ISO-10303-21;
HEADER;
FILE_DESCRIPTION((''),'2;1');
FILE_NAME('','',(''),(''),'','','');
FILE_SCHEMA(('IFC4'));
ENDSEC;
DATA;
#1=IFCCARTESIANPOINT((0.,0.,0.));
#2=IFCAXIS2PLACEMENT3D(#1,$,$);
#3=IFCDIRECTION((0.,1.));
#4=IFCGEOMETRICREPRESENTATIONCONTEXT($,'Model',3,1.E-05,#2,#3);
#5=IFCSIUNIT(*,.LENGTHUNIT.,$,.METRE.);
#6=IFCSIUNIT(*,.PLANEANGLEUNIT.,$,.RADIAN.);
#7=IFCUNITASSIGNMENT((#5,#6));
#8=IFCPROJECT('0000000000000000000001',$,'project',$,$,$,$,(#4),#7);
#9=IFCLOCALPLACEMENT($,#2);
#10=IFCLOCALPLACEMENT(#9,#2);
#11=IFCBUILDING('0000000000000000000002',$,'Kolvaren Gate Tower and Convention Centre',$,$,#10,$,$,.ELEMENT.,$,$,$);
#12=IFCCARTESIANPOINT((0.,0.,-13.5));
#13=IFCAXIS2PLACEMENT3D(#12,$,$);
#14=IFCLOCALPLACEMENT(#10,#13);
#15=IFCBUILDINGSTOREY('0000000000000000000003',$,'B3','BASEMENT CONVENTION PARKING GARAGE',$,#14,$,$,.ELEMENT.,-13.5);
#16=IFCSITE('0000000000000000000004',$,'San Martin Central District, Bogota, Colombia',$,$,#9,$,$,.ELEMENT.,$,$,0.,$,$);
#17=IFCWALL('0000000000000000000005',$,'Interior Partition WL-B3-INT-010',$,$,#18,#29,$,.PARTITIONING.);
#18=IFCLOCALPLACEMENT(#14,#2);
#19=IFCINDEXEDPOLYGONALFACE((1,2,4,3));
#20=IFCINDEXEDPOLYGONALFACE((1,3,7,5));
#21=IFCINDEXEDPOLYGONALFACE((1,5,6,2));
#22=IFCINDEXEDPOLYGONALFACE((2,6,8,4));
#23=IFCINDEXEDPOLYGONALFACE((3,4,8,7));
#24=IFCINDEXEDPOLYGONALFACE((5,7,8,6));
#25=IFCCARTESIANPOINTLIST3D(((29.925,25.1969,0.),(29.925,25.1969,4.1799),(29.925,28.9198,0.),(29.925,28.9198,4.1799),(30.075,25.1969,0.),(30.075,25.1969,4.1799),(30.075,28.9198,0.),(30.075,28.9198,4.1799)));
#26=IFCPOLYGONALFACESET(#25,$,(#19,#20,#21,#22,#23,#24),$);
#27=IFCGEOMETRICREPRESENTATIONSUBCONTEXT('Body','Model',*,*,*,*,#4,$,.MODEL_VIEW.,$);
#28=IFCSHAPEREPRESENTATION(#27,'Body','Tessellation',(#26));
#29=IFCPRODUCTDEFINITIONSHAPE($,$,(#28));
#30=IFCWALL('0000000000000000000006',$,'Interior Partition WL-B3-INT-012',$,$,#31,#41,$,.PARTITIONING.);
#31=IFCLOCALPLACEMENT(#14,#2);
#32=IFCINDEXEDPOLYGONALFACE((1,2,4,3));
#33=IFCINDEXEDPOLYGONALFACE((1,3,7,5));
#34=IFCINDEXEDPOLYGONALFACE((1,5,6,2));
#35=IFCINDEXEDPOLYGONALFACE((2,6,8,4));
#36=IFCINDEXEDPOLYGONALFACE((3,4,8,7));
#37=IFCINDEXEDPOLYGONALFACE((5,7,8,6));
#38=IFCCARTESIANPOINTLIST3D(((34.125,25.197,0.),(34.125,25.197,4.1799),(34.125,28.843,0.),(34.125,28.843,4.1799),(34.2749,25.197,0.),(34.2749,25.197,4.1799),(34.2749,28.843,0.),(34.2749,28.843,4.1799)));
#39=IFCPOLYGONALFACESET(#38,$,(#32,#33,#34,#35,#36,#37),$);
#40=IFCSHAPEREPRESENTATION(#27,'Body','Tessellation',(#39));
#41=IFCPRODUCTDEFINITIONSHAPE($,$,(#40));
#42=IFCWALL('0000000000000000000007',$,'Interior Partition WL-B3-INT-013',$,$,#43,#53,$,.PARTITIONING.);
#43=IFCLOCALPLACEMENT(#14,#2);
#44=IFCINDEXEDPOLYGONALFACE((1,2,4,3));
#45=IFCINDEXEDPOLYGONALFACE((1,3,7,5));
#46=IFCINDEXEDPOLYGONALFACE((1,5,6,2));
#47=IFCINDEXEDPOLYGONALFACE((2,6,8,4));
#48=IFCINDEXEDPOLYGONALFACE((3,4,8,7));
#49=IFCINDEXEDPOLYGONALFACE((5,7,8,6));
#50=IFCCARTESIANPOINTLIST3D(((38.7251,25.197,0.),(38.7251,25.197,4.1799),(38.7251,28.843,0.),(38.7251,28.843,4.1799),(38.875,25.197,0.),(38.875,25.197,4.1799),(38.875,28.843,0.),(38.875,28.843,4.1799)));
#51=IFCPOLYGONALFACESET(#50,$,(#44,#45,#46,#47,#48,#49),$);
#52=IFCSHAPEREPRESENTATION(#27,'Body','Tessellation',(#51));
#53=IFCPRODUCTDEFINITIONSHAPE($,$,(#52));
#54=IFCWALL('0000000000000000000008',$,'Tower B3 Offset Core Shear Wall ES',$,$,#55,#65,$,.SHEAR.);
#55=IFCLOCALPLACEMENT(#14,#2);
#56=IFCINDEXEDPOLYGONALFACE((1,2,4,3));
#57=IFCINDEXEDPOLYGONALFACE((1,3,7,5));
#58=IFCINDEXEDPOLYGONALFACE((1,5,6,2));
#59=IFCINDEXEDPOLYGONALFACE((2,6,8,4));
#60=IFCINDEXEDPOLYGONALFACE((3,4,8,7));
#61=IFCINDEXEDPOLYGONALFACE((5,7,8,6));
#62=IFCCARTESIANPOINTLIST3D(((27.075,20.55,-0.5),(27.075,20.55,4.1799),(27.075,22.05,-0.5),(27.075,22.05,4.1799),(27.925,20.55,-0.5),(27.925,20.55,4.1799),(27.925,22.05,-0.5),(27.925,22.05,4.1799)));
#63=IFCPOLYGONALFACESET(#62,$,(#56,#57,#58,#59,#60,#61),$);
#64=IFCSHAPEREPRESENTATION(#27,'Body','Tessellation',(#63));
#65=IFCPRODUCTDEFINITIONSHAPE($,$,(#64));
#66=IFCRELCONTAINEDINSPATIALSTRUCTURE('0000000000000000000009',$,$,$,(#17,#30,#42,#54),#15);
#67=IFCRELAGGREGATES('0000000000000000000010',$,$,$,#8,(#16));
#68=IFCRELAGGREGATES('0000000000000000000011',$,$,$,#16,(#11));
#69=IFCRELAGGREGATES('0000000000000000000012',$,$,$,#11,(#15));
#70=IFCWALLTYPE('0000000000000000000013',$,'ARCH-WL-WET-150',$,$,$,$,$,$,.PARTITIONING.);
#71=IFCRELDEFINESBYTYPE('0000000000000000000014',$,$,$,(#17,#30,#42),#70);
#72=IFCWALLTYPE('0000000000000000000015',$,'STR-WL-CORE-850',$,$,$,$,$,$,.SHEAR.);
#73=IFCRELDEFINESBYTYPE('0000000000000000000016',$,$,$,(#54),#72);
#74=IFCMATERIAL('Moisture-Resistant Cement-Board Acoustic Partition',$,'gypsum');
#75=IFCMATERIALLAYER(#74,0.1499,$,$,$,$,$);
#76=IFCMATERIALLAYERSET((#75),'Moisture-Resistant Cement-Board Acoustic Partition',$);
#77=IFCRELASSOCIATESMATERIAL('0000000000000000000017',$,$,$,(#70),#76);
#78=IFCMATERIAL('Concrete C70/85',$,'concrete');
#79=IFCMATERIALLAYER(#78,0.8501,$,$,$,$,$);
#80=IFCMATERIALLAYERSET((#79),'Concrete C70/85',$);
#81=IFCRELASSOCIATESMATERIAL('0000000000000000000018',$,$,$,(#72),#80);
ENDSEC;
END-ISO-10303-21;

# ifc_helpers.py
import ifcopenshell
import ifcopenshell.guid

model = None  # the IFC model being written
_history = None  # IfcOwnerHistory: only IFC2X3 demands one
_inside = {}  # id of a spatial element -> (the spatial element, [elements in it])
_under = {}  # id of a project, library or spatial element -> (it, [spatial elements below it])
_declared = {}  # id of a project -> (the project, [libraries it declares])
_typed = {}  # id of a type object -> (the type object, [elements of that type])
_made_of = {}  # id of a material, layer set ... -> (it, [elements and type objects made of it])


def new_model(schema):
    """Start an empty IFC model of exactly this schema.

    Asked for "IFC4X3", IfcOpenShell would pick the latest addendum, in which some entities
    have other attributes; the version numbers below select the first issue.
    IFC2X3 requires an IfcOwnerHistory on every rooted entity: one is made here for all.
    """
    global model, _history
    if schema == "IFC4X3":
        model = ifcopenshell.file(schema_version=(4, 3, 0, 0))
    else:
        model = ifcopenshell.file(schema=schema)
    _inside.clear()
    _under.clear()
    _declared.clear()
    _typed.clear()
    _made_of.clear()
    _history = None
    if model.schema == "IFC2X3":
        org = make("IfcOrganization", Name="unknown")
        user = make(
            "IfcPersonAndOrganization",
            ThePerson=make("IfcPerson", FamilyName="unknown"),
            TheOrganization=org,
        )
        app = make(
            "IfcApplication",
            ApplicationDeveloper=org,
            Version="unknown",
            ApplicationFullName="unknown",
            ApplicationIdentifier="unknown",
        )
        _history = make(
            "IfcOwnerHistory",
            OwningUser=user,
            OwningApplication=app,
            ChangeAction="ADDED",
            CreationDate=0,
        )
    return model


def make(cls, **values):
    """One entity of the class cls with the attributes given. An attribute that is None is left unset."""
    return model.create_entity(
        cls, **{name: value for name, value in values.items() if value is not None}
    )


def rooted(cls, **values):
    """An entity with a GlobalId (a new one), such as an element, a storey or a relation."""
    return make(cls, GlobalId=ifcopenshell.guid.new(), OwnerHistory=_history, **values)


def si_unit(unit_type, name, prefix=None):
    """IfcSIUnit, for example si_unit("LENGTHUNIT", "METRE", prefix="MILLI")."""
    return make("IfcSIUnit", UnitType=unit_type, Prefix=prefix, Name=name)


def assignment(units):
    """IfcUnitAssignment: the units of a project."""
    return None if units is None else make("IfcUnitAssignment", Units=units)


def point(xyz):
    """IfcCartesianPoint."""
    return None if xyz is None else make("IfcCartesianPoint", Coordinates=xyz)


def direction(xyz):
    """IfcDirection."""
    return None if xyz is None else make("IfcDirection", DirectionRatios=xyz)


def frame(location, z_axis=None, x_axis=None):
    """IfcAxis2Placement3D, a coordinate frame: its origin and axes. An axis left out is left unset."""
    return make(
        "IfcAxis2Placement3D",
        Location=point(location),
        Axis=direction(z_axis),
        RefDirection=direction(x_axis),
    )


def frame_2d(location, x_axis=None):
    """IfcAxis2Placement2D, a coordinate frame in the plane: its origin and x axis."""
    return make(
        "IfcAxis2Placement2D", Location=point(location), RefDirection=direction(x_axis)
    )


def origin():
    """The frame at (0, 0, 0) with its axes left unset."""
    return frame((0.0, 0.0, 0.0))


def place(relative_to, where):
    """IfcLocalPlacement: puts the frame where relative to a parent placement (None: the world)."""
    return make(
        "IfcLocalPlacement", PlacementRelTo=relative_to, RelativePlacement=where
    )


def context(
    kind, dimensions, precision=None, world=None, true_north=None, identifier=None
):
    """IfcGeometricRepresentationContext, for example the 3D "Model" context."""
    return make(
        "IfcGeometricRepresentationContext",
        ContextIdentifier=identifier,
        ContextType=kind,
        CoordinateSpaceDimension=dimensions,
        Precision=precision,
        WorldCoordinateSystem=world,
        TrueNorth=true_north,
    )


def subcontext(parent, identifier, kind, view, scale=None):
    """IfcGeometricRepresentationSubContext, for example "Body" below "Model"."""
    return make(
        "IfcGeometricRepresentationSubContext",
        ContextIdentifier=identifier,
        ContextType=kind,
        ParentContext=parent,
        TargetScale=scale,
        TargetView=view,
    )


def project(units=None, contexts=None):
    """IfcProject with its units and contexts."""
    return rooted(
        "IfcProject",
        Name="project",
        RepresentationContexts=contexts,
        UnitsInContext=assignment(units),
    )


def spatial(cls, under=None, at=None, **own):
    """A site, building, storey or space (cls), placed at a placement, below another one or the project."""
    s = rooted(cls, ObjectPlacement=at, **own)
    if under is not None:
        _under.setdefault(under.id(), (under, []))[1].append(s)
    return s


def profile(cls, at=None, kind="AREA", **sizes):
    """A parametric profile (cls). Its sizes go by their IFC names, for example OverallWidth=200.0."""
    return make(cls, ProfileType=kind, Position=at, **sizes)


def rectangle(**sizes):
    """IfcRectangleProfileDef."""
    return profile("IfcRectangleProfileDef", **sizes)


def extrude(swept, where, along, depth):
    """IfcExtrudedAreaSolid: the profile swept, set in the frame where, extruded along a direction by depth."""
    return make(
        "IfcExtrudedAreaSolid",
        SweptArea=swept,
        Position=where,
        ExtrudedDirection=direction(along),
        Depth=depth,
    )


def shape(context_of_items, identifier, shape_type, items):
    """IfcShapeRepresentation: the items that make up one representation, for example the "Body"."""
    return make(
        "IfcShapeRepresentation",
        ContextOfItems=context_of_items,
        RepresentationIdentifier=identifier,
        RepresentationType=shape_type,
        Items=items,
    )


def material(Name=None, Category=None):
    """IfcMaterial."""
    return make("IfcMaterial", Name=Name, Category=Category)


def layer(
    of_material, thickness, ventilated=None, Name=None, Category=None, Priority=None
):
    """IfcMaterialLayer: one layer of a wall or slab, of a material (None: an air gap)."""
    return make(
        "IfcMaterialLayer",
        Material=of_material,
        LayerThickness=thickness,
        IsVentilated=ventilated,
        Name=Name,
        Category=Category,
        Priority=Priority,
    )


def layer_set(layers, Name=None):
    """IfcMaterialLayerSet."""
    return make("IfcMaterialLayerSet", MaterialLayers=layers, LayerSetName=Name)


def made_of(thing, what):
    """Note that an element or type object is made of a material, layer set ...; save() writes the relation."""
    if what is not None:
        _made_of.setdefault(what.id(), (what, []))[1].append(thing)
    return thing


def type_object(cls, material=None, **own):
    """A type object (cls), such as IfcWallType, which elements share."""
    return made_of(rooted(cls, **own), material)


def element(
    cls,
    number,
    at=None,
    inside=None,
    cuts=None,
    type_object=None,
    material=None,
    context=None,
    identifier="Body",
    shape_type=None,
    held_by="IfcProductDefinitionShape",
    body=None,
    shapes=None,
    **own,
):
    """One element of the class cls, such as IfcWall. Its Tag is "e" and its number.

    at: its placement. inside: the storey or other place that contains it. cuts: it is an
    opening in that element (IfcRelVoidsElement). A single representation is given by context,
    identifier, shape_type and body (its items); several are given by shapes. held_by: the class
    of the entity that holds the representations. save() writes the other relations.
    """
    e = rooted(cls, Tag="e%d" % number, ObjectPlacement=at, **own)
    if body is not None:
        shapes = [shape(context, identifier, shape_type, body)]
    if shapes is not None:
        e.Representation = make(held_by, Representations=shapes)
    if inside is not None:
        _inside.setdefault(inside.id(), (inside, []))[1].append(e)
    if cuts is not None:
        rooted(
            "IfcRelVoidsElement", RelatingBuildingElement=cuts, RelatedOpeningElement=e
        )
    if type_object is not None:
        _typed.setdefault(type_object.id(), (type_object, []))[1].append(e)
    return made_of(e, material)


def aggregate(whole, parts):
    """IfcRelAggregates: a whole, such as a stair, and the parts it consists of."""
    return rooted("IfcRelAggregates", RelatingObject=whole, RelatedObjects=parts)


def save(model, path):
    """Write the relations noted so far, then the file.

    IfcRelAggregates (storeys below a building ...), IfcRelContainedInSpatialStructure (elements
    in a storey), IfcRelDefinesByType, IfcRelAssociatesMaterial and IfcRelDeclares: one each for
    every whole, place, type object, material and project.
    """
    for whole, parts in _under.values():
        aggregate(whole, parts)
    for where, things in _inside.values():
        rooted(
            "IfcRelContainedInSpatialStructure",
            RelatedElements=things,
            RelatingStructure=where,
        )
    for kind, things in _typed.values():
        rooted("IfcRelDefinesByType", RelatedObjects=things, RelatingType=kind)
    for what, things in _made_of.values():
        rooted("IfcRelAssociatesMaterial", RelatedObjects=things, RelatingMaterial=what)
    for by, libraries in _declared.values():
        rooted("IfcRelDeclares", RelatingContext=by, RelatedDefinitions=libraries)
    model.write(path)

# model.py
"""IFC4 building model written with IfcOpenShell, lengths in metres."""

from ifc_helpers import new_model, si_unit, direction, frame, frame_2d, origin, place, context, subcontext, project, spatial, rectangle, extrude, material, layer, layer_set, type_object, element, save


model = new_model("IFC4")

# Units and contexts
model_context = context("Model", 3, precision=1e-05, world=origin(), true_north=direction((0.0, 1.0)))
body_context = subcontext(model_context, "Body", "Model", "MODEL_VIEW")
ifc_project = project(units=[si_unit("LENGTHUNIT", "METRE"), si_unit("PLANEANGLEUNIT", "RADIAN")], contexts=[model_context])

# Site, building, storey
site_placement = place(None, origin())
site = spatial("IfcSite", under=ifc_project, at=site_placement, Name="San Martin Central District, Bogota, Colombia", CompositionType="ELEMENT", RefElevation=0.0)
building_placement = place(site_placement, origin())
building = spatial("IfcBuilding", under=site, at=building_placement, Name="Kolvaren Gate Tower and Convention Centre", CompositionType="ELEMENT")
storey_placement = place(building_placement, frame((0.0, 0.0, -13.5)))
storey = spatial("IfcBuildingStorey", under=building, at=storey_placement, Name="B3", Description="BASEMENT CONVENTION PARKING GARAGE", CompositionType="ELEMENT", Elevation=-13.5)

# Shared definitions
ifc_material_1 = material(Name="Concrete C70/85", Category="concrete")

# Shared definitions
ifc_material_2 = material(Name="Moisture-Resistant Cement-Board Acoustic Partition", Category="gypsum")
ifc_layer_1 = layer(ifc_material_2, 0.1499)
ifc_layer_set_1 = layer_set([ifc_layer_1], Name="Moisture-Resistant Cement-Board Acoustic Partition")
wall_type_1 = type_object("IfcWallType", Name="ARCH-WL-WET-150", PredefinedType="PARTITIONING", material=ifc_layer_set_1)

# Walls
wall_1_placement = place(storey_placement, frame((30.0, 25.197, 0.0), z_axis=(0.0, 0.0, 1.0), x_axis=(0.0, 1.0, 0.0)))
element("IfcWall", 1, at=wall_1_placement, inside=storey, type_object=wall_type_1, Name="Interior Partition WL-B3-INT-010", PredefinedType="PARTITIONING", context=body_context, shape_type="SweptSolid", body=[
    extrude(rectangle(XDim=3.7229, YDim=0.1499, at=frame_2d((1.8613, 0.0))), origin(), (0.0, 0.0, 1.0), 4.1799),
])
for number, where, z_axis, x_axis, name in (
    (2, (34.2, 25.197, 0.0), (0.0, 0.0, 1.0), (0.0, 1.0, 0.0), "Interior Partition WL-B3-INT-012"),
    (3, (38.8, 25.197, 0.0), (0.0, 0.0, 1.0), (0.0, 1.0, 0.0), "Interior Partition WL-B3-INT-013"),
):
    element("IfcWall", number, at=place(storey_placement, frame(where, z_axis=z_axis, x_axis=x_axis)), inside=storey, type_object=wall_type_1, Name=name, PredefinedType="PARTITIONING", context=body_context, shape_type="SweptSolid", body=[
        extrude(rectangle(XDim=3.646, YDim=0.1499, at=frame_2d((1.823, 0.0))), origin(), (0.0, 0.0, 1.0), 4.1799),
    ])
ifc_layer_2 = layer(ifc_material_1, 0.8501)
ifc_layer_set_2 = layer_set([ifc_layer_2], Name="Concrete C70/85")
wall_type_2 = type_object("IfcWallType", Name="STR-WL-CORE-850", PredefinedType="SHEAR", material=ifc_layer_set_2)
wall_2_placement = place(storey_placement, frame((27.5, 20.55, -0.5), z_axis=(0.0, 0.0, 1.0), x_axis=(0.0, 1.0, 0.0)))
element("IfcWall", 4, at=wall_2_placement, inside=storey, type_object=wall_type_2, Name="Tower B3 Offset Core Shear Wall ES", PredefinedType="SHEAR", context=body_context, shape_type="SweptSolid", body=[
    extrude(rectangle(XDim=1.5, YDim=0.8501, at=frame_2d((0.75, 0.0))), origin(), (0.0, 0.0, 1.0), 4.6799),
])

save(model, "model.ifc")
